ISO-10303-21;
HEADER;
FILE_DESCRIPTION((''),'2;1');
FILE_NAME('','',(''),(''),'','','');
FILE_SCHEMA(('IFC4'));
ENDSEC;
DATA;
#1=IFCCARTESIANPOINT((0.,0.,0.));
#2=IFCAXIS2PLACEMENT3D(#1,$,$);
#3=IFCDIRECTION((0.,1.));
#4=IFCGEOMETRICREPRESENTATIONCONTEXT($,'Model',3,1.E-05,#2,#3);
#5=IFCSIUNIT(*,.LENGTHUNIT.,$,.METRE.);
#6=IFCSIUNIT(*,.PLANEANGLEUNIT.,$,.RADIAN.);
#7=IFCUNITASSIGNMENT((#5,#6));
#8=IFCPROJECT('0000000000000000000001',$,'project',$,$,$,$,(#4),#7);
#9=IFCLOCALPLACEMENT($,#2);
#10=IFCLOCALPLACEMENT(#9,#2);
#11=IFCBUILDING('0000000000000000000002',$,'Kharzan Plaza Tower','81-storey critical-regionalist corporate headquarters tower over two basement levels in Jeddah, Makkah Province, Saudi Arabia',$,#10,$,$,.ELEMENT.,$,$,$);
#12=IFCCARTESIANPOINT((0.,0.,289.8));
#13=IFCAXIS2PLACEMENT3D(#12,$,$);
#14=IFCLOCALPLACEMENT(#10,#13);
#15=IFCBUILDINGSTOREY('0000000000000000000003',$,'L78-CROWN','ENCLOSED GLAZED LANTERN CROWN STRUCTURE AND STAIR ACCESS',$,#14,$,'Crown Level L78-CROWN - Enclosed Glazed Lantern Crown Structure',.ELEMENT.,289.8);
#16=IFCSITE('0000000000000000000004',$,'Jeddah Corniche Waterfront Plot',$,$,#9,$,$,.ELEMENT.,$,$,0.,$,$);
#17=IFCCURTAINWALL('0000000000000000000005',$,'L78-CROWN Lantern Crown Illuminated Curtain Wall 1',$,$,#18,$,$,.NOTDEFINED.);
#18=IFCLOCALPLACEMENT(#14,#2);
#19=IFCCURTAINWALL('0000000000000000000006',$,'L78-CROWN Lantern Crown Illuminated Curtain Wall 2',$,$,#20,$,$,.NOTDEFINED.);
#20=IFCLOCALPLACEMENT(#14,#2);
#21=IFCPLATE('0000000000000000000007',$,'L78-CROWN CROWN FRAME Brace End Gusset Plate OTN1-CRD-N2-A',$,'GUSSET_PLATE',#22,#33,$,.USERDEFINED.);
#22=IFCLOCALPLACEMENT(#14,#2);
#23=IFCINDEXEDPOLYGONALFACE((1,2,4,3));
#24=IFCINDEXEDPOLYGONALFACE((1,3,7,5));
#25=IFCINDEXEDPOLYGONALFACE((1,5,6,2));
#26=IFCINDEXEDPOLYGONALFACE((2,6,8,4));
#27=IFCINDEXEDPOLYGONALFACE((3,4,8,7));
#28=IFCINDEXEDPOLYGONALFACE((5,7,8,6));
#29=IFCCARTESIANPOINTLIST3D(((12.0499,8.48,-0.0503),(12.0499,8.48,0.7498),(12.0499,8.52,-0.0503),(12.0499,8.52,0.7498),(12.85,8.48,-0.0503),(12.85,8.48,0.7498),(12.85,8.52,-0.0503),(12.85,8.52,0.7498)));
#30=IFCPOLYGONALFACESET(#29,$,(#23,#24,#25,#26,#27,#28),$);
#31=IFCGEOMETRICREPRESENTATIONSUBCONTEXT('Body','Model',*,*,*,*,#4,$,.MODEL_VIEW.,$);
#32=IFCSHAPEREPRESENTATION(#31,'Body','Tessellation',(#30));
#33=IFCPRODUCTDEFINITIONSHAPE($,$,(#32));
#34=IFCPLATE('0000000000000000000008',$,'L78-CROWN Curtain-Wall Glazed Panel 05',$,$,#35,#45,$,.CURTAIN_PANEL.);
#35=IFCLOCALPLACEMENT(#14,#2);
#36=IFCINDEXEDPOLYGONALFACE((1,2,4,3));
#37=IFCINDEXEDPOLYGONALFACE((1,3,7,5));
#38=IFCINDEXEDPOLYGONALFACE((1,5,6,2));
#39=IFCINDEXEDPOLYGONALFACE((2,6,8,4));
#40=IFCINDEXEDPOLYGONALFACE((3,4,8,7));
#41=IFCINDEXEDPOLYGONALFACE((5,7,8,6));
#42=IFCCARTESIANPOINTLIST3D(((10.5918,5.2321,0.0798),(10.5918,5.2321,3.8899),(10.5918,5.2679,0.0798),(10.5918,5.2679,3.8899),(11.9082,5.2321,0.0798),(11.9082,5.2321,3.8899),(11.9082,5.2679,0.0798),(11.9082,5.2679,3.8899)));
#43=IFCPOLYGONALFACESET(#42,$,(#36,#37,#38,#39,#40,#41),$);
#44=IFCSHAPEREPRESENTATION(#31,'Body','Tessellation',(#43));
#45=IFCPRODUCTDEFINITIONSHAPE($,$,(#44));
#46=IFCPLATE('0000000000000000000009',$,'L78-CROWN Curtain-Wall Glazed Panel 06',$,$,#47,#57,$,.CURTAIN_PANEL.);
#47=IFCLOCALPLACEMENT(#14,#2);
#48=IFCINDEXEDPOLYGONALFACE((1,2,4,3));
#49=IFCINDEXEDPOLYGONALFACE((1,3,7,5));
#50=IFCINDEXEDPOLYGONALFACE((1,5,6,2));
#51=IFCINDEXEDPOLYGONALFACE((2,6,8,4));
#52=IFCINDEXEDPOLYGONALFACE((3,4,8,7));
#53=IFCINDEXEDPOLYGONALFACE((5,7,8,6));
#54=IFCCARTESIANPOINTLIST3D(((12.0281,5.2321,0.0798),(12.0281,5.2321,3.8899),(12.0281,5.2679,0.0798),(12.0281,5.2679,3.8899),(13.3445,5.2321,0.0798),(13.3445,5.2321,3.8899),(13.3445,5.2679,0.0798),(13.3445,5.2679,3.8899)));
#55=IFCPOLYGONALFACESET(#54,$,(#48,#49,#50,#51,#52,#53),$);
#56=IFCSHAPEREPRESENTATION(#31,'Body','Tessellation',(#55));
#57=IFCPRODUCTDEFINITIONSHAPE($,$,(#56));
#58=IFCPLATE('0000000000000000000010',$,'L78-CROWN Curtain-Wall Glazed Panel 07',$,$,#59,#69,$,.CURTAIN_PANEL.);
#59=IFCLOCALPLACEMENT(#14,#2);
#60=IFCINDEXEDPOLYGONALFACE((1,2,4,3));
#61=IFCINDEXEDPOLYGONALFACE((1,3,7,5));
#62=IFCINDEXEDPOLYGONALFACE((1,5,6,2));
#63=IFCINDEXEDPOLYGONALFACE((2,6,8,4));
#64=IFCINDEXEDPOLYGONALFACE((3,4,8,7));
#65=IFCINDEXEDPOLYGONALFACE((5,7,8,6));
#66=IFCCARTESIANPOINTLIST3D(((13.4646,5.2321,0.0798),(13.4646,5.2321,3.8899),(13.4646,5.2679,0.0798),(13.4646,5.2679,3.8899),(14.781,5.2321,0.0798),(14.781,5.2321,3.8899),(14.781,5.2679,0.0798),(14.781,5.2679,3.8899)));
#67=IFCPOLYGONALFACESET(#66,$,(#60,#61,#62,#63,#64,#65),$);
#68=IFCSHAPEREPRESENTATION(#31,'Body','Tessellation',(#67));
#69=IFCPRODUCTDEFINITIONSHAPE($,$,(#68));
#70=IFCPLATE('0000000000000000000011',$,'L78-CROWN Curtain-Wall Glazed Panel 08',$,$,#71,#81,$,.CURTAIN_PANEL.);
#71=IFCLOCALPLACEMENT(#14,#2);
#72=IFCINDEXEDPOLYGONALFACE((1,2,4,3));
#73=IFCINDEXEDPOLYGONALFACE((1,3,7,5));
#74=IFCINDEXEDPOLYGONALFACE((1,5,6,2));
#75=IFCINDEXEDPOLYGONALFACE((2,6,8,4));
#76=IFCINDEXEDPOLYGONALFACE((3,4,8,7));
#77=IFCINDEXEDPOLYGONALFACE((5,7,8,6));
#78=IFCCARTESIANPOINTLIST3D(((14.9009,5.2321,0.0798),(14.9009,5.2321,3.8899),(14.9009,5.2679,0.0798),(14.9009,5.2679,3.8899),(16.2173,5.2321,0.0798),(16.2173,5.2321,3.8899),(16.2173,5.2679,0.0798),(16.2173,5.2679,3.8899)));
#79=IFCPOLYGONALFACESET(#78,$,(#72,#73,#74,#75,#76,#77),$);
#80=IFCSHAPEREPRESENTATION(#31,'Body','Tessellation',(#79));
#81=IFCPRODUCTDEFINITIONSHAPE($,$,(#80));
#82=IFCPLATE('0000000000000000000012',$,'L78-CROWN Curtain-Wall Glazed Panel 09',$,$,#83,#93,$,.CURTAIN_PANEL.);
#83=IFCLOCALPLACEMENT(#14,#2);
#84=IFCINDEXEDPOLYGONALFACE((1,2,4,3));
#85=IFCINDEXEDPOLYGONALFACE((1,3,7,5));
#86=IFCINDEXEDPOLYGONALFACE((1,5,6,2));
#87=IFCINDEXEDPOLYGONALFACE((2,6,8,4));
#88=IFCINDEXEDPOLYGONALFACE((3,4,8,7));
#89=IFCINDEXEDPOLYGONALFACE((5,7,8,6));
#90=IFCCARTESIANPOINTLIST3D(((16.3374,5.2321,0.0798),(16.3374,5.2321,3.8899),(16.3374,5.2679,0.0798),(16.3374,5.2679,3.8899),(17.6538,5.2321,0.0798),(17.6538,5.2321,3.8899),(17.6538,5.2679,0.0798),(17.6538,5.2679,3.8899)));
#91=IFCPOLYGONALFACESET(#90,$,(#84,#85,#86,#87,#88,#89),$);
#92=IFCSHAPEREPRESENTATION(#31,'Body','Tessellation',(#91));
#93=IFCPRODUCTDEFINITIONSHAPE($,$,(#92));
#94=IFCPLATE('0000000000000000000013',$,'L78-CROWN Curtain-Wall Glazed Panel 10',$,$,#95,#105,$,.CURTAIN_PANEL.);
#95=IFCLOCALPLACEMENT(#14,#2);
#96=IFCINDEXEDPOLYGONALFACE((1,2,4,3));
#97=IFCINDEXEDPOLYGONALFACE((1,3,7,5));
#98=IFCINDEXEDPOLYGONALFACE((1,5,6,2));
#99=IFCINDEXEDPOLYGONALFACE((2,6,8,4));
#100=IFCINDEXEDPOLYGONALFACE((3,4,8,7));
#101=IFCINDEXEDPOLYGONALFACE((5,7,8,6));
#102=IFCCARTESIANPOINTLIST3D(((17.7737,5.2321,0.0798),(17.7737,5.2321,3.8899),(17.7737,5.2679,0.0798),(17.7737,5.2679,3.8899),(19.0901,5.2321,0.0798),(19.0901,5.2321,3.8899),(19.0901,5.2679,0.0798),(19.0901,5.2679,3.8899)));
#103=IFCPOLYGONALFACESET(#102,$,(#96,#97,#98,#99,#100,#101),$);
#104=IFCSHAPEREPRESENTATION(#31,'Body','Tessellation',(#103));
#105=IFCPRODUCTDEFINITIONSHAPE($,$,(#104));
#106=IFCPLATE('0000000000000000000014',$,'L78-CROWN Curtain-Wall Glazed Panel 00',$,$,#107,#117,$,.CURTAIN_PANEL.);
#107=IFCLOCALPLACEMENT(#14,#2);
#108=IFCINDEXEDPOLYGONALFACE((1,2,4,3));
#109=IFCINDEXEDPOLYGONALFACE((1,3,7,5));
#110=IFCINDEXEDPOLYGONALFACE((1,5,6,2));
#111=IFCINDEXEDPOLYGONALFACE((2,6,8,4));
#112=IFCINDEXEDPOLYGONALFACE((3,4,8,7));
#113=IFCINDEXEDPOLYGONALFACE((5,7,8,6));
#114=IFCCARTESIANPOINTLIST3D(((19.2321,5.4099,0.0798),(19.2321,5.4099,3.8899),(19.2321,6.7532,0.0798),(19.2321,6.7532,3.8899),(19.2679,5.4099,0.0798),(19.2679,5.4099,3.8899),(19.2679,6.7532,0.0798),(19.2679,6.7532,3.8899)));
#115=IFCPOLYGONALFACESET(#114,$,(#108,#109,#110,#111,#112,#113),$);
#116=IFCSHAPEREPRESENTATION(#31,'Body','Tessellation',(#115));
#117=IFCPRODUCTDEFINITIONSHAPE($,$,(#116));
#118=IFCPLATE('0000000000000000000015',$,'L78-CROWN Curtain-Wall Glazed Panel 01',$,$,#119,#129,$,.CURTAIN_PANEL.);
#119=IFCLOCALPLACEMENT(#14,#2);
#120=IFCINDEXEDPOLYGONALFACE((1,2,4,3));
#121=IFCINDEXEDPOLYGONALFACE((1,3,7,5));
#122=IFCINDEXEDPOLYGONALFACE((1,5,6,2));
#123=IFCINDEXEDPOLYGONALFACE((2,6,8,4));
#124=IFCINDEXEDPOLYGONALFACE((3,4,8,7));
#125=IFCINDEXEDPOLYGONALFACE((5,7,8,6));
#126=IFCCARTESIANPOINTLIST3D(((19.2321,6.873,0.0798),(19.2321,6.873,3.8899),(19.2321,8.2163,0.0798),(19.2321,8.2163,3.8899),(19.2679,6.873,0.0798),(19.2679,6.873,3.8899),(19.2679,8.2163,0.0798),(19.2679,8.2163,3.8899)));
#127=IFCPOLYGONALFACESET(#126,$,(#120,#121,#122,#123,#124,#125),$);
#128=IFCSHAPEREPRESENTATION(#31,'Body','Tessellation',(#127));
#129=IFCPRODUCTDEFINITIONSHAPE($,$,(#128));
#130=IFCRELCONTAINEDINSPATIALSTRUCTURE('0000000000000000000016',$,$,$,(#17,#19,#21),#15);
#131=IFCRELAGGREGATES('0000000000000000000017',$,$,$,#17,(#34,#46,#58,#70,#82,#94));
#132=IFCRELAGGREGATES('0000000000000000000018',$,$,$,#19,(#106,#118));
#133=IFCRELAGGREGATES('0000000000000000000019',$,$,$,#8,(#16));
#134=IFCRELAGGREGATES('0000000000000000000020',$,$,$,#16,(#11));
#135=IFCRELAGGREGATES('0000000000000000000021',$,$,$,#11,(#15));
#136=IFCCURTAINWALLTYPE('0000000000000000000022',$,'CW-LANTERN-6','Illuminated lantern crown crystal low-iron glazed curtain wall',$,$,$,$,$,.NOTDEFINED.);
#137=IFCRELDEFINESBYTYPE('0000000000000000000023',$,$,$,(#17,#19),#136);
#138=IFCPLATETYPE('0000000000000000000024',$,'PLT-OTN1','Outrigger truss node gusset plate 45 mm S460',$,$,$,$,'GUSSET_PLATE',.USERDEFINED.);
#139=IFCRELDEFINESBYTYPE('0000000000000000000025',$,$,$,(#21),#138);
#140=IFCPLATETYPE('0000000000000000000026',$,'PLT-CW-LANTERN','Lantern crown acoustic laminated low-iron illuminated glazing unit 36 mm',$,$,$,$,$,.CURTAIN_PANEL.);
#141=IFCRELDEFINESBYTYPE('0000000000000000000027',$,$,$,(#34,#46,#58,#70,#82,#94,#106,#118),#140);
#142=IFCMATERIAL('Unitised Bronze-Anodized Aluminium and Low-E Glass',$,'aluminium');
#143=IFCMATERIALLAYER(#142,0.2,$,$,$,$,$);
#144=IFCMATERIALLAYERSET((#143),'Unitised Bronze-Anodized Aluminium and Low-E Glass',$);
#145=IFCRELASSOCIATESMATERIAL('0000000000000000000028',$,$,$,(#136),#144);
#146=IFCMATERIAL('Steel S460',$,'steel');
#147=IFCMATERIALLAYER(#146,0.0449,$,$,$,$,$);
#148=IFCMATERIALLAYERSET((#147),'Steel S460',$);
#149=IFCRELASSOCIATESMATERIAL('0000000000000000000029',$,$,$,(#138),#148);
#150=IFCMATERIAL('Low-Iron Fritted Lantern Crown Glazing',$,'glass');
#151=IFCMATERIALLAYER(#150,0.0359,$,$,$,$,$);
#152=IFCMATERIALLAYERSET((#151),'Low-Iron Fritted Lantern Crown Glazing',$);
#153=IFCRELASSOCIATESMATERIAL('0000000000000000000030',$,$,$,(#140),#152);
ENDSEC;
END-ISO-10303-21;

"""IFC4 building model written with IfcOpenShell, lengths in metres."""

from ifc_helpers import new_model, si_unit, direction, frame, origin, origin_2d, place, context, subcontext, project, spatial, rectangle, extrude, source, transform, mapped, material, layer, layer_set, type_object, element, aggregate, save


model = new_model("IFC4")

# Units and contexts
model_context = context("Model", 3, precision=1e-05, world=origin(), true_north=direction((0.0, 1.0)))
body_context = subcontext(model_context, "Body", "Model", "MODEL_VIEW")
ifc_project = project(units=[si_unit("LENGTHUNIT", "METRE"), si_unit("PLANEANGLEUNIT", "RADIAN")], contexts=[model_context])

# Site, building, storey
site_placement = place(None, origin())
site = spatial("IfcSite", under=ifc_project, at=site_placement, Name="Jeddah Corniche Waterfront Plot", CompositionType="ELEMENT", RefElevation=0.0)
building_placement = place(site_placement, origin())
building = spatial("IfcBuilding", under=site, at=building_placement, Name="Kharzan Plaza Tower", Description="81-storey critical-regionalist corporate headquarters tower over two basement levels in Jeddah, Makkah Province, Saudi Arabia", CompositionType="ELEMENT")
storey_placement = place(building_placement, frame((0.0, 0.0, 289.8)))
storey = spatial("IfcBuildingStorey", under=building, at=storey_placement, Name="L78-CROWN", Description="ENCLOSED GLAZED LANTERN CROWN STRUCTURE AND STAIR ACCESS", LongName="Crown Level L78-CROWN - Enclosed Glazed Lantern Crown Structure", CompositionType="ELEMENT", Elevation=289.8)

# Curtain walls
ifc_material_1 = material(Name="Unitised Bronze-Anodized Aluminium and Low-E Glass", Category="aluminium")
ifc_layer_1 = layer(ifc_material_1, 0.2)
ifc_layer_set_1 = layer_set([ifc_layer_1], Name="Unitised Bronze-Anodized Aluminium and Low-E Glass")
curtain_wall_type = type_object("IfcCurtainWallType", Name="CW-LANTERN-6", Description="Illuminated lantern crown crystal low-iron glazed curtain wall", PredefinedType="NOTDEFINED", material=ifc_layer_set_1)
curtain_wall_1_placement = place(storey_placement, origin())
curtain_wall_1 = element("IfcCurtainWall", 1, at=curtain_wall_1_placement, inside=storey, type_object=curtain_wall_type, Name="L78-CROWN Lantern Crown Illuminated Curtain Wall 1", PredefinedType="NOTDEFINED")
curtain_wall_2_placement = place(storey_placement, origin())
curtain_wall_2 = element("IfcCurtainWall", 2, at=curtain_wall_2_placement, inside=storey, type_object=curtain_wall_type, Name="L78-CROWN Lantern Crown Illuminated Curtain Wall 2", PredefinedType="NOTDEFINED")

# Plates
ifc_material_2 = material(Name="Steel S460", Category="steel")
ifc_layer_2 = layer(ifc_material_2, 0.0449)
ifc_layer_set_2 = layer_set([ifc_layer_2], Name="Steel S460")
plate_type_1 = type_object("IfcPlateType", Name="PLT-OTN1", Description="Outrigger truss node gusset plate 45 mm S460", ElementType="GUSSET_PLATE", PredefinedType="USERDEFINED", material=ifc_layer_set_2)
shared_shape_1 = source(origin(), body_context, "Body", "SweptSolid", [
    extrude(rectangle(XDim=0.8, YDim=0.04, at=origin_2d()), origin(), (0.0, 0.0, 1.0), 0.8),
])
plate_1_placement = place(storey_placement, frame((12.45, 8.5, -0.0503), z_axis=(0.0, 0.0, 1.0), x_axis=(1.0, 0.0, 0.0)))
element("IfcPlate", 3, at=plate_1_placement, inside=storey, type_object=plate_type_1, Name="L78-CROWN CROWN FRAME Brace End Gusset Plate OTN1-CRD-N2-A", ObjectType="GUSSET_PLATE", PredefinedType="USERDEFINED", context=body_context, shape_type="MappedRepresentation", body=[
    mapped(shared_shape_1, transform((0.0, 0.0, 0.0), x_axis=(1.0, 0.0, 0.0), y_axis=(0.0, 1.0, 0.0), z_axis=(0.0, 0.0, 1.0))),
])
ifc_material_3 = material(Name="Low-Iron Fritted Lantern Crown Glazing", Category="glass")
ifc_layer_3 = layer(ifc_material_3, 0.0359)
ifc_layer_set_3 = layer_set([ifc_layer_3], Name="Low-Iron Fritted Lantern Crown Glazing")
plate_type_2 = type_object("IfcPlateType", Name="PLT-CW-LANTERN", Description="Lantern crown acoustic laminated low-iron illuminated glazing unit 36 mm", PredefinedType="CURTAIN_PANEL", material=ifc_layer_set_3)
shared_shape_2 = source(origin(), body_context, "Body", "SweptSolid", [
    extrude(rectangle(XDim=1.3164, YDim=0.0359, at=origin_2d()), origin(), (0.0, 0.0, 1.0), 3.8101),
])
plate_2_placement = place(storey_placement, frame((11.25, 5.25, 0.0798), z_axis=(0.0, 0.0, 1.0), x_axis=(1.0, 0.0, 0.0)))
plate_2 = element("IfcPlate", 4, at=plate_2_placement, type_object=plate_type_2, Name="L78-CROWN Curtain-Wall Glazed Panel 05", PredefinedType="CURTAIN_PANEL", context=body_context, shape_type="MappedRepresentation", body=[
    mapped(shared_shape_2, transform((0.0, 0.0, 0.0), x_axis=(1.0, 0.0, 0.0), y_axis=(0.0, 1.0, 0.0), z_axis=(0.0, 0.0, 1.0))),
])
plate_3_placement = place(storey_placement, frame((12.6863, 5.25, 0.0798), z_axis=(0.0, 0.0, 1.0), x_axis=(1.0, 0.0, 0.0)))
plate_3 = element("IfcPlate", 5, at=plate_3_placement, type_object=plate_type_2, Name="L78-CROWN Curtain-Wall Glazed Panel 06", PredefinedType="CURTAIN_PANEL", context=body_context, shape_type="MappedRepresentation", body=[
    mapped(shared_shape_2, transform((0.0, 0.0, 0.0), x_axis=(1.0, 0.0, 0.0), y_axis=(0.0, 1.0, 0.0), z_axis=(0.0, 0.0, 1.0))),
])
plate_4_placement = place(storey_placement, frame((14.1228, 5.25, 0.0798), z_axis=(0.0, 0.0, 1.0), x_axis=(1.0, 0.0, 0.0)))
plate_4 = element("IfcPlate", 6, at=plate_4_placement, type_object=plate_type_2, Name="L78-CROWN Curtain-Wall Glazed Panel 07", PredefinedType="CURTAIN_PANEL", context=body_context, shape_type="MappedRepresentation", body=[
    mapped(shared_shape_2, transform((0.0, 0.0, 0.0), x_axis=(1.0, 0.0, 0.0), y_axis=(0.0, 1.0, 0.0), z_axis=(0.0, 0.0, 1.0))),
])
plate_5_placement = place(storey_placement, frame((15.5591, 5.25, 0.0798), z_axis=(0.0, 0.0, 1.0), x_axis=(1.0, 0.0, 0.0)))
plate_5 = element("IfcPlate", 7, at=plate_5_placement, type_object=plate_type_2, Name="L78-CROWN Curtain-Wall Glazed Panel 08", PredefinedType="CURTAIN_PANEL", context=body_context, shape_type="MappedRepresentation", body=[
    mapped(shared_shape_2, transform((0.0, 0.0, 0.0), x_axis=(1.0, 0.0, 0.0), y_axis=(0.0, 1.0, 0.0), z_axis=(0.0, 0.0, 1.0))),
])
plate_6_placement = place(storey_placement, frame((16.9956, 5.25, 0.0798), z_axis=(0.0, 0.0, 1.0), x_axis=(1.0, 0.0, 0.0)))
plate_6 = element("IfcPlate", 8, at=plate_6_placement, type_object=plate_type_2, Name="L78-CROWN Curtain-Wall Glazed Panel 09", PredefinedType="CURTAIN_PANEL", context=body_context, shape_type="MappedRepresentation", body=[
    mapped(shared_shape_2, transform((0.0, 0.0, 0.0), x_axis=(1.0, 0.0, 0.0), y_axis=(0.0, 1.0, 0.0), z_axis=(0.0, 0.0, 1.0))),
])
plate_7_placement = place(storey_placement, frame((18.4319, 5.25, 0.0798), z_axis=(0.0, 0.0, 1.0), x_axis=(1.0, 0.0, 0.0)))
plate_7 = element("IfcPlate", 9, at=plate_7_placement, type_object=plate_type_2, Name="L78-CROWN Curtain-Wall Glazed Panel 10", PredefinedType="CURTAIN_PANEL", context=body_context, shape_type="MappedRepresentation", body=[
    mapped(shared_shape_2, transform((0.0, 0.0, 0.0), x_axis=(1.0, 0.0, 0.0), y_axis=(0.0, 1.0, 0.0), z_axis=(0.0, 0.0, 1.0))),
])
aggregate(curtain_wall_1, [plate_2, plate_3, plate_4, plate_5, plate_6, plate_7])
shared_shape_3 = source(origin(), body_context, "Body", "SweptSolid", [
    extrude(rectangle(XDim=1.3433, YDim=0.0359, at=origin_2d()), origin(), (0.0, 0.0, 1.0), 3.8101),
])
plate_8_placement = place(storey_placement, frame((19.25, 6.0815, 0.0798), z_axis=(0.0, 0.0, 1.0), x_axis=(0.0, 1.0, 0.0)))
plate_8 = element("IfcPlate", 10, at=plate_8_placement, type_object=plate_type_2, Name="L78-CROWN Curtain-Wall Glazed Panel 00", PredefinedType="CURTAIN_PANEL", context=body_context, shape_type="MappedRepresentation", body=[
    mapped(shared_shape_3, transform((0.0, 0.0, 0.0), x_axis=(1.0, 0.0, 0.0), y_axis=(0.0, 1.0, 0.0), z_axis=(0.0, 0.0, 1.0))),
])
plate_9_placement = place(storey_placement, frame((19.25, 7.5447, 0.0798), z_axis=(0.0, 0.0, 1.0), x_axis=(0.0, 1.0, 0.0)))
plate_9 = element("IfcPlate", 11, at=plate_9_placement, type_object=plate_type_2, Name="L78-CROWN Curtain-Wall Glazed Panel 01", PredefinedType="CURTAIN_PANEL", context=body_context, shape_type="MappedRepresentation", body=[
    mapped(shared_shape_3, transform((0.0, 0.0, 0.0), x_axis=(1.0, 0.0, 0.0), y_axis=(0.0, 1.0, 0.0), z_axis=(0.0, 0.0, 1.0))),
])
aggregate(curtain_wall_2, [plate_8, plate_9])

save(model, "model.ifc")
